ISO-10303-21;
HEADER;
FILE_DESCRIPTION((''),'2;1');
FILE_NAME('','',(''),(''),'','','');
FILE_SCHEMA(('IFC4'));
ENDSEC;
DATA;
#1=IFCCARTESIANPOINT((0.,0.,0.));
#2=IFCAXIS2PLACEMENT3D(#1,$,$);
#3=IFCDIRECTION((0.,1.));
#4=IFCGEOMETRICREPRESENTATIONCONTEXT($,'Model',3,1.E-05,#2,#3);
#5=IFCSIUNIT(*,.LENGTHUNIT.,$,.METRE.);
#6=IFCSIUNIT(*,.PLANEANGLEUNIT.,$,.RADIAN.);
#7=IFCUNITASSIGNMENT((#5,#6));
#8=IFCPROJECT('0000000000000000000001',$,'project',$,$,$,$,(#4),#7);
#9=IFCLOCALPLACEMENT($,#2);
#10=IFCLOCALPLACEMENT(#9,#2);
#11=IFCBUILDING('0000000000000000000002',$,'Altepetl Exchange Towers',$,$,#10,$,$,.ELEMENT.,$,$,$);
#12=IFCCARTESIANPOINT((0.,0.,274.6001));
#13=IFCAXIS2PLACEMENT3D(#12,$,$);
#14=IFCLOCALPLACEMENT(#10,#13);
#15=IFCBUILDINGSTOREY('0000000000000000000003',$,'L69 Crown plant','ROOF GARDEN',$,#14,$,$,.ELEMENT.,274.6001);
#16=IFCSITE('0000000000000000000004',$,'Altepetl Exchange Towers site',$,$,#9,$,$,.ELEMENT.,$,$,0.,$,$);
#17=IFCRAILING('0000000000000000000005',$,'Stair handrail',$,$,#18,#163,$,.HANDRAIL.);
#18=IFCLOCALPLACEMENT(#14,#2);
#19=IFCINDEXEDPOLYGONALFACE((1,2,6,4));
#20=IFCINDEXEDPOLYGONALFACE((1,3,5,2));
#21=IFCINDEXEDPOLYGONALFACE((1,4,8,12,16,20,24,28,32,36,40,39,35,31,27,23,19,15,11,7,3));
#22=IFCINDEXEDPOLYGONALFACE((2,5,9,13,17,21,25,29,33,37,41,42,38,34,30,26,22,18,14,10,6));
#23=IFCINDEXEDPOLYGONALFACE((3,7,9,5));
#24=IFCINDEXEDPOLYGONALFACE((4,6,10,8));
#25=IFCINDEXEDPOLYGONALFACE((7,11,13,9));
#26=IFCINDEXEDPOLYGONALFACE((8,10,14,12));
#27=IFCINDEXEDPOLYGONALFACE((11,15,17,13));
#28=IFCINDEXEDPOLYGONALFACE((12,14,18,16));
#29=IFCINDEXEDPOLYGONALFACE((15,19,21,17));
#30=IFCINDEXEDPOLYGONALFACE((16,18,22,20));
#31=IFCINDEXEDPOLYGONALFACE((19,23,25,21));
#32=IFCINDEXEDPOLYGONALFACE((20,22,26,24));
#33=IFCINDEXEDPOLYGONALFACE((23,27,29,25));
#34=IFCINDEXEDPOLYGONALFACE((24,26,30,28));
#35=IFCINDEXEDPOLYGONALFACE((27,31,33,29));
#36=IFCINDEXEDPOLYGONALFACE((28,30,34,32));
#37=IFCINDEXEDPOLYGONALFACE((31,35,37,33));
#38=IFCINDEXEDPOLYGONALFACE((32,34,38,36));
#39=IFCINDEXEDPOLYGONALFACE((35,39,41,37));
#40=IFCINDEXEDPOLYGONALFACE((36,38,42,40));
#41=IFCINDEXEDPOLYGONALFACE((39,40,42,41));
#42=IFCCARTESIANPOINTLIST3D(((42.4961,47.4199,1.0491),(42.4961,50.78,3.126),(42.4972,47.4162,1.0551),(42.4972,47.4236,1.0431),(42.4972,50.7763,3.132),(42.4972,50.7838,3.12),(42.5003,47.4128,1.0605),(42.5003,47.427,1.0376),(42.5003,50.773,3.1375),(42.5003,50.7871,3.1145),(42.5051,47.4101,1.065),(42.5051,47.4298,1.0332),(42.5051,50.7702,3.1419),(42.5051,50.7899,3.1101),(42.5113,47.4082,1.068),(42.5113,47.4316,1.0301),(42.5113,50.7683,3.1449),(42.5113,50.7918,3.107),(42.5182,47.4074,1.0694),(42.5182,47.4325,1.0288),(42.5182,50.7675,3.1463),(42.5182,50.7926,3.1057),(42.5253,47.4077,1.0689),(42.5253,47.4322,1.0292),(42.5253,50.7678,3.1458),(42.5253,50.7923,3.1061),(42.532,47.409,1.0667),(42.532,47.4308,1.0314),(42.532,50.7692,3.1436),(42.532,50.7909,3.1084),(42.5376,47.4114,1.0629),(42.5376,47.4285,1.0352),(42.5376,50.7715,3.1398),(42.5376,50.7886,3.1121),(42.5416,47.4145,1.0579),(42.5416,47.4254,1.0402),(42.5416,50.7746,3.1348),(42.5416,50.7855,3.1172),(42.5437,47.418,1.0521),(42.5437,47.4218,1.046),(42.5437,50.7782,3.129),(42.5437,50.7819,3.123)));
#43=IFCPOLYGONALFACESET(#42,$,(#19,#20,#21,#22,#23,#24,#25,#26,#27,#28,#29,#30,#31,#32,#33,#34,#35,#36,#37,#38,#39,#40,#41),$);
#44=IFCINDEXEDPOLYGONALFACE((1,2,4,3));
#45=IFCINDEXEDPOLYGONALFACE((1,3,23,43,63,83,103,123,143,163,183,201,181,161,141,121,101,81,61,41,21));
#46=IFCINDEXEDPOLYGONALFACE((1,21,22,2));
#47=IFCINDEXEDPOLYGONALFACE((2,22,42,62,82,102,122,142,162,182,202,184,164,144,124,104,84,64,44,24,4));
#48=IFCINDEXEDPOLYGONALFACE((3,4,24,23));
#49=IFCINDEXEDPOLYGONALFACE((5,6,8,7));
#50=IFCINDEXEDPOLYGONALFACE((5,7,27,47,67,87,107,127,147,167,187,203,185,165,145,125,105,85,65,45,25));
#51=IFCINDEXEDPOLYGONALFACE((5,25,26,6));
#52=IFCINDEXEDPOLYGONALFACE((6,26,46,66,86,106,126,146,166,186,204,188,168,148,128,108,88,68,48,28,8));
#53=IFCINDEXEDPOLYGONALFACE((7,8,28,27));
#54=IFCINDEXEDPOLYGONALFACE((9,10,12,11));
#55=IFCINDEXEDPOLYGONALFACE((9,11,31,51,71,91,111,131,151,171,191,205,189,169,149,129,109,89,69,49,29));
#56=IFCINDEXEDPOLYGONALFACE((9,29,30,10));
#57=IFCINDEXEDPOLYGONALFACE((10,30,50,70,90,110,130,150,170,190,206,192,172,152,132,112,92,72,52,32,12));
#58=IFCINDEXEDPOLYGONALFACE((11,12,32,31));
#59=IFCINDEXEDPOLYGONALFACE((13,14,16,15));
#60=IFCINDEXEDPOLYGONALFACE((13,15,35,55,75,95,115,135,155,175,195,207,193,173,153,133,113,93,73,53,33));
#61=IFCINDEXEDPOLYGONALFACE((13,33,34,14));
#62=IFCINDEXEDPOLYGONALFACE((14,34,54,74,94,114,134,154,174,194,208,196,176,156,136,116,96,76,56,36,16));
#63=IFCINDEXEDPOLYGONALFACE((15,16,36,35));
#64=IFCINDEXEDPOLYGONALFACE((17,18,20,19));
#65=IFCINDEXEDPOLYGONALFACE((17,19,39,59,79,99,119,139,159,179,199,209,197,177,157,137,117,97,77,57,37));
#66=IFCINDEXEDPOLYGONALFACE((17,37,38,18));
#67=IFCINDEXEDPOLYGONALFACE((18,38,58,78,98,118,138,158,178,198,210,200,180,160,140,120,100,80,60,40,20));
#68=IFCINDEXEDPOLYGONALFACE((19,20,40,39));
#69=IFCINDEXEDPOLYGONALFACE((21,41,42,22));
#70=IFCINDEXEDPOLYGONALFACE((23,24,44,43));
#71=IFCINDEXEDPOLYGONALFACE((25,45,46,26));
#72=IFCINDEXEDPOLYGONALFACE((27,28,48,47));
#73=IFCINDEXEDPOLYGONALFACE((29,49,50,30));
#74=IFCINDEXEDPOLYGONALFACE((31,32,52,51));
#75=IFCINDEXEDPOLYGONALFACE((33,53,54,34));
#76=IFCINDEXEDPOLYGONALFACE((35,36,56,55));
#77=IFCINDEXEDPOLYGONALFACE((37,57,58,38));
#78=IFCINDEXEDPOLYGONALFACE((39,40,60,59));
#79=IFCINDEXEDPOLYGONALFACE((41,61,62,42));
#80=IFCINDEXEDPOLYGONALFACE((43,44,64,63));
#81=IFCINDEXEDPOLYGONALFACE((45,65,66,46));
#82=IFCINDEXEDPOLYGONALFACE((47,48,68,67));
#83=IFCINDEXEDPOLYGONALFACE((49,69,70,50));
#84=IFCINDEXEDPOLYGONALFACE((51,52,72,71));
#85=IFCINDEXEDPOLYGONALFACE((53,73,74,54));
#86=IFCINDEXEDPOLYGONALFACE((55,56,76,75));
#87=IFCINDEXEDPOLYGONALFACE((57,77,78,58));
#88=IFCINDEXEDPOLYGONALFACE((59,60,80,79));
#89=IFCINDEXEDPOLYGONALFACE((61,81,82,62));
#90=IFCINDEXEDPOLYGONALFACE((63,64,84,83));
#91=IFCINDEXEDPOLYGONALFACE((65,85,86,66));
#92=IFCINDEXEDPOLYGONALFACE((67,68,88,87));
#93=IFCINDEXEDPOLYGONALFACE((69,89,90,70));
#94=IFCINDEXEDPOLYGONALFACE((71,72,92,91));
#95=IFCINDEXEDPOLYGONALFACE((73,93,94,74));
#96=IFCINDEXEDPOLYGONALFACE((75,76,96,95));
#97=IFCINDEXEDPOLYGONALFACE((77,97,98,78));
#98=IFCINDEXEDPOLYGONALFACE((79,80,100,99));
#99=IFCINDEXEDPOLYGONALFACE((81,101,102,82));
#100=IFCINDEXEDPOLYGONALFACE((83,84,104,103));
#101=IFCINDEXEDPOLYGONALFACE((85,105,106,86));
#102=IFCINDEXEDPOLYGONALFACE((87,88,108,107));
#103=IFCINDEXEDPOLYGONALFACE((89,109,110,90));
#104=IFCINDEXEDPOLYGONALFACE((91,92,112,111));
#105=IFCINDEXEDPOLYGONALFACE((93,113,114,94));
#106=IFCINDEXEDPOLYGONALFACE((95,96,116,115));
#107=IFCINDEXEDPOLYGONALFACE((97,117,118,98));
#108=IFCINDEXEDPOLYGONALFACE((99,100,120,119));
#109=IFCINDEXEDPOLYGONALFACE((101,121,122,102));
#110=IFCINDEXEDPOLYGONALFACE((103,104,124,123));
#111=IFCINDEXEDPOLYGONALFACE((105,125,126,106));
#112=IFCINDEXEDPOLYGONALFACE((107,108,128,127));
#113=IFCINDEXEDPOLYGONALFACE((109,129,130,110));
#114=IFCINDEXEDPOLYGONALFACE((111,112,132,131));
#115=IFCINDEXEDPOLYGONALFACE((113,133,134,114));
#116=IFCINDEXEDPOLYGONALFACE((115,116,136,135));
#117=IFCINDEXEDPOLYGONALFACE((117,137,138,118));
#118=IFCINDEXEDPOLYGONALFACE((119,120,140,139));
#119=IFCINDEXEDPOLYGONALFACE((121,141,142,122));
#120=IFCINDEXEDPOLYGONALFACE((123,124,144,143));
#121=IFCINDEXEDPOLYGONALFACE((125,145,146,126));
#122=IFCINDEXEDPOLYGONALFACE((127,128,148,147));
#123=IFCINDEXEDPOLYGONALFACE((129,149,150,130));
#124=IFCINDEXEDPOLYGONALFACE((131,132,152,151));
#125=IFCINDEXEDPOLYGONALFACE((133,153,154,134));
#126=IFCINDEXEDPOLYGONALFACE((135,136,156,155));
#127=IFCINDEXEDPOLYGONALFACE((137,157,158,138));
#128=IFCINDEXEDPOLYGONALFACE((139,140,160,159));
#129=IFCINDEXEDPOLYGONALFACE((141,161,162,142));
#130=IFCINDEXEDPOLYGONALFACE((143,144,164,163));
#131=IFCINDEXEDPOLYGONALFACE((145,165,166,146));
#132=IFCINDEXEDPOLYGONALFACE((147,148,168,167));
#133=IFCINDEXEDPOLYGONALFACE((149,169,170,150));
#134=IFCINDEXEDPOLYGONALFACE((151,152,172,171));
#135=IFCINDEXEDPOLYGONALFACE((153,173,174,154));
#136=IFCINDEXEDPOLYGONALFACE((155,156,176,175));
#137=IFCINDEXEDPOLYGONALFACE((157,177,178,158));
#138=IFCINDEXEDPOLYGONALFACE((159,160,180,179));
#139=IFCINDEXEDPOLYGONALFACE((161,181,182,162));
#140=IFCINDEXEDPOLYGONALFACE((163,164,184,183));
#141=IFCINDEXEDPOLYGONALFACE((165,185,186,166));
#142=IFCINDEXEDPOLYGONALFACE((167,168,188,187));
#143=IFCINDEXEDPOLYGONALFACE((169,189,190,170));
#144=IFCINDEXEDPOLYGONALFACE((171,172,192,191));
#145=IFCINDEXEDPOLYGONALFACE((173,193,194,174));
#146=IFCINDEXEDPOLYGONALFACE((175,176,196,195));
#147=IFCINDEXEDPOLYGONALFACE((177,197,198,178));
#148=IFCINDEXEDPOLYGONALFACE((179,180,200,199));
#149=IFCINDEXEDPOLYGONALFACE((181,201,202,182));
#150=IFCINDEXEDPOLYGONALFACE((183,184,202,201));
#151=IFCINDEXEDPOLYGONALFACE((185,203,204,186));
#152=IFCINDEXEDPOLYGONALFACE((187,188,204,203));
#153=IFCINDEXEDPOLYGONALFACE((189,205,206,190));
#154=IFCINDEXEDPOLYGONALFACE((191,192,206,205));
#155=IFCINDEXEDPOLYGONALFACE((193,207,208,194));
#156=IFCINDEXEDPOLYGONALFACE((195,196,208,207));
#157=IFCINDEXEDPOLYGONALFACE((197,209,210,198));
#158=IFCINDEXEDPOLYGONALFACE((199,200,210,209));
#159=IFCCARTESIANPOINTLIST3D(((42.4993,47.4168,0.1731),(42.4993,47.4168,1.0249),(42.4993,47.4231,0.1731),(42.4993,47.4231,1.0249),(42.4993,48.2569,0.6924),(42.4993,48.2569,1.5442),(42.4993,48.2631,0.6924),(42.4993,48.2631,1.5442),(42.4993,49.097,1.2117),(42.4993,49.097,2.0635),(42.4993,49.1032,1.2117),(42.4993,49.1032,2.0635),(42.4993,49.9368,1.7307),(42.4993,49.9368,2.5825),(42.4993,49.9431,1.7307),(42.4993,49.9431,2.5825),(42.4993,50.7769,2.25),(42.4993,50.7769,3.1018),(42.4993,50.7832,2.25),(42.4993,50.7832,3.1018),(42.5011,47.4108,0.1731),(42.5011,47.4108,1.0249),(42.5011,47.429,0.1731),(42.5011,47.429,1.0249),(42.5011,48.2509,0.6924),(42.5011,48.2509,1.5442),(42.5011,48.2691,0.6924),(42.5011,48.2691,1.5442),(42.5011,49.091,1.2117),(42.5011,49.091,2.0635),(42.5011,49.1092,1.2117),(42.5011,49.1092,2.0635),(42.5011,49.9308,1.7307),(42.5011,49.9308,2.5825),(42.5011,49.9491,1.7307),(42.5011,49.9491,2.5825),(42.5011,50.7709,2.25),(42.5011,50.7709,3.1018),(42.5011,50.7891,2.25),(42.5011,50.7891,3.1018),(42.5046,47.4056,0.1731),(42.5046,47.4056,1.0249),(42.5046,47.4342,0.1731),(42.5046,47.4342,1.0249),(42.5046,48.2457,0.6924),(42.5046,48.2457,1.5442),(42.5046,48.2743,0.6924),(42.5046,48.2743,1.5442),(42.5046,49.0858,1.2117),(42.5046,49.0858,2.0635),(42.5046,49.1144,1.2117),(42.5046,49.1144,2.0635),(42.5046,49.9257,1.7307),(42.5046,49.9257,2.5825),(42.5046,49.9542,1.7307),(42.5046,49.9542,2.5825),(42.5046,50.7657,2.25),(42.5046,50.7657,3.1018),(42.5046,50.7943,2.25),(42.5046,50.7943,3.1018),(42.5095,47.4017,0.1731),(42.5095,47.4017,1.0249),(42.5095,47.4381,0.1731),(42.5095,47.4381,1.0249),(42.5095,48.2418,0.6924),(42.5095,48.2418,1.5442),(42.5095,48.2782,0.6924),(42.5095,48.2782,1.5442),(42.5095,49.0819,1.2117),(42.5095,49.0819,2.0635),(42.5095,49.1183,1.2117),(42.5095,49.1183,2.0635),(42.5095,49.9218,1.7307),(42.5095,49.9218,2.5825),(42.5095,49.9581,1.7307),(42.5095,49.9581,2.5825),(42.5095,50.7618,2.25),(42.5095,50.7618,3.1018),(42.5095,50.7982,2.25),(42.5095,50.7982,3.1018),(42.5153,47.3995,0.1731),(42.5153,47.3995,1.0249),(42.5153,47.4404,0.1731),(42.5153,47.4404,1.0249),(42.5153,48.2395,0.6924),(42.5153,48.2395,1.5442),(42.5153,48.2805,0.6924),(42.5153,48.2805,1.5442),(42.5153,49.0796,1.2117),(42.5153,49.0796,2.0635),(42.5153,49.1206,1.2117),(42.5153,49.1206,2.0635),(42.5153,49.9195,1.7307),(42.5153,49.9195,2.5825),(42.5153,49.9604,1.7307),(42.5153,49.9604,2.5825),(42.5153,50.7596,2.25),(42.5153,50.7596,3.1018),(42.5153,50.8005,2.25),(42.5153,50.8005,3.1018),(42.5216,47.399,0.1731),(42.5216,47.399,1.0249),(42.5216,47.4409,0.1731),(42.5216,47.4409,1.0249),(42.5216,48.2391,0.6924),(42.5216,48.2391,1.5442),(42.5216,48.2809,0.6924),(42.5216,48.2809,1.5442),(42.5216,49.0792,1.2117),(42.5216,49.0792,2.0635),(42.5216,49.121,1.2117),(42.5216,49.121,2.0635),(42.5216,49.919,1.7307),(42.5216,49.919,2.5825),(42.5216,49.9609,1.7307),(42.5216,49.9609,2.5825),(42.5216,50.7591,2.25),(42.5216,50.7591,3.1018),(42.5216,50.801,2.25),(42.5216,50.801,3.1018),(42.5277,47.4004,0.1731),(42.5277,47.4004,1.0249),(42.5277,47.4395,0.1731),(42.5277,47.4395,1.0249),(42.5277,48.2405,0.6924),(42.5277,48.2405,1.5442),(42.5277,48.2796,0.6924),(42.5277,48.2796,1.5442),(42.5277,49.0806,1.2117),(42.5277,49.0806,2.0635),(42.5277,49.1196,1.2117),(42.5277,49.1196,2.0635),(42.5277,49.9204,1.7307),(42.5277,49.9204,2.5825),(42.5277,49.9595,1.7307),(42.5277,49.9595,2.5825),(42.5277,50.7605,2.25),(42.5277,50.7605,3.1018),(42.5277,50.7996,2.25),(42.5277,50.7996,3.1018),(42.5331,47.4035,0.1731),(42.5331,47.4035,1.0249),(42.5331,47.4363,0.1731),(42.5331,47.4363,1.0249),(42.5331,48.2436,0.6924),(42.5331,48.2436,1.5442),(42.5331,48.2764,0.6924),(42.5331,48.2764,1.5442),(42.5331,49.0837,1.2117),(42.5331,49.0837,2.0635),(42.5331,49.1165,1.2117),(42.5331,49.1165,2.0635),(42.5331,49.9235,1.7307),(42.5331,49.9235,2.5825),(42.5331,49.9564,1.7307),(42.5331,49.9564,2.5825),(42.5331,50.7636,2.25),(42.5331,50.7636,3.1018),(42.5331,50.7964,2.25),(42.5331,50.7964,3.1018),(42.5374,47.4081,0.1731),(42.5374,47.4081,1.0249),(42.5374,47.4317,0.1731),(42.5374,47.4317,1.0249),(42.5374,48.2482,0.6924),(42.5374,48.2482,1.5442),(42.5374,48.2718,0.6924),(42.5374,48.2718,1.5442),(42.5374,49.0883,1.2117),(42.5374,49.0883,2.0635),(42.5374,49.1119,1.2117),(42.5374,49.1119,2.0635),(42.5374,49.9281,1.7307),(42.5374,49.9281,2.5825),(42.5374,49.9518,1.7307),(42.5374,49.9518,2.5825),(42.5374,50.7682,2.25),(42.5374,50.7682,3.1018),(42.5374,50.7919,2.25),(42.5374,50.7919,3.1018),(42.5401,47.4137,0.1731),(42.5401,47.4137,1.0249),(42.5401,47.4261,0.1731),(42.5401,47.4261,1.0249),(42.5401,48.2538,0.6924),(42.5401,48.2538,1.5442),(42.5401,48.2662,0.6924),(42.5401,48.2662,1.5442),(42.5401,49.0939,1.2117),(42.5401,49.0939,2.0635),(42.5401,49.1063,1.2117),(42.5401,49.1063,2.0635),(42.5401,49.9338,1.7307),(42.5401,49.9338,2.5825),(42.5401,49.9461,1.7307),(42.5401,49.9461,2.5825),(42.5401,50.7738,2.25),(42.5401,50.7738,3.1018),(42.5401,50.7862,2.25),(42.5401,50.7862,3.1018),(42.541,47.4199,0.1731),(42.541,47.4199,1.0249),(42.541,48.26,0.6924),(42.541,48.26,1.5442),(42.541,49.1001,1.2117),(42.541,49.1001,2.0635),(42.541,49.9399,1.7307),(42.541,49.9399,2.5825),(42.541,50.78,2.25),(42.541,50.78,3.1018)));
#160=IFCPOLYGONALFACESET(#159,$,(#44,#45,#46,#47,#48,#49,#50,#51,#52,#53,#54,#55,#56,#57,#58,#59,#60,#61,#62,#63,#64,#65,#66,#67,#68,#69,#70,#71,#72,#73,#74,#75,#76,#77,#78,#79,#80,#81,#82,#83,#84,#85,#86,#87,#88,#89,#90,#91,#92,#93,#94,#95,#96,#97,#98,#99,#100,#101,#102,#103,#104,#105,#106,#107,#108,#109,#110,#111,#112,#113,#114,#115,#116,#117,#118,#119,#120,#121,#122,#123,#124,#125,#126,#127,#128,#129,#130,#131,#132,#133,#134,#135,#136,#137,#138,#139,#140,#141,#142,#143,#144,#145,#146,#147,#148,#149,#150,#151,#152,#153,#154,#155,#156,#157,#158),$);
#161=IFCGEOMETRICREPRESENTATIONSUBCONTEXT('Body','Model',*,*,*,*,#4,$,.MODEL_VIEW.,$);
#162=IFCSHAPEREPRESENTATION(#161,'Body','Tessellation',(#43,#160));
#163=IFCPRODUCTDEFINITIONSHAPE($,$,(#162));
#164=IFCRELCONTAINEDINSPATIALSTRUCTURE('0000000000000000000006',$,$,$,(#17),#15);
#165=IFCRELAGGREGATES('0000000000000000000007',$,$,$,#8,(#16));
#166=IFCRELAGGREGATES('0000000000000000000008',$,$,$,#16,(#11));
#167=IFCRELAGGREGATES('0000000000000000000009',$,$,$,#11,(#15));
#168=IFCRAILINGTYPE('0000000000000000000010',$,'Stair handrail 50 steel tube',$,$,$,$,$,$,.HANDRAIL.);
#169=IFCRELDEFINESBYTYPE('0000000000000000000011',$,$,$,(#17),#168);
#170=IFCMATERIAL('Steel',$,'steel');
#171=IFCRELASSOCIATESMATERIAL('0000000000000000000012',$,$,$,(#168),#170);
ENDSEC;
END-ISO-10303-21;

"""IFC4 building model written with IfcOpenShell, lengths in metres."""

from ifc_helpers import new_model, si_unit, direction, frame, origin, origin_2d, place, context, subcontext, project, spatial, circle, extrude, source, transform, mapped, material, type_object, element, save


model = new_model("IFC4")

# Units and contexts
model_context = context("Model", 3, precision=1e-05, world=origin(), true_north=direction((0.0, 1.0)))
body_context = subcontext(model_context, "Body", "Model", "MODEL_VIEW")
ifc_project = project(units=[si_unit("LENGTHUNIT", "METRE"), si_unit("PLANEANGLEUNIT", "RADIAN")], contexts=[model_context])

# Site, building, storey
site_placement = place(None, origin())
site = spatial("IfcSite", under=ifc_project, at=site_placement, Name="Altepetl Exchange Towers site", CompositionType="ELEMENT", RefElevation=0.0)
building_placement = place(site_placement, origin())
building = spatial("IfcBuilding", under=site, at=building_placement, Name="Altepetl Exchange Towers", CompositionType="ELEMENT")
storey_placement = place(building_placement, frame((0.0, 0.0, 274.6001)))
storey = spatial("IfcBuildingStorey", under=building, at=storey_placement, Name="L69 Crown plant", Description="ROOF GARDEN", CompositionType="ELEMENT", Elevation=274.6001)

# Railing
ifc_material_1 = material(Name="Steel", Category="steel")
railing_type = type_object("IfcRailingType", Name="Stair handrail 50 steel tube", PredefinedType="HANDRAIL", material=ifc_material_1)
shared_shape = source(origin(), body_context, "Body", "SweptSolid", [
    extrude(circle(Radius=0.021, at=origin_2d()), origin(), (0.0, 0.0, 1.0), 0.8518),
])
for number, where, name in (
    (1, (42.52, 47.4199, 0.1731), "Stair handrail"),
):
    element("IfcRailing", number, at=place(storey_placement, frame(where)), inside=storey, type_object=railing_type, Name=name, PredefinedType="HANDRAIL", context=body_context, shape_type="SweptSolid", body=[
        extrude(circle(Radius=0.0239, at=origin_2d()), frame((0.0, 0.0, 0.876), z_axis=(0.0, 0.850623, 0.525776), x_axis=(-1.0, 0.0, 0.0)), (0.0, 0.0, 1.0), 3.9502),
        mapped(shared_shape, transform((0.0, 0.0, 0.0))),
        mapped(shared_shape, transform((0.0, 0.8401, 0.5193))),
        mapped(shared_shape, transform((0.0, 1.6802, 1.0386))),
        mapped(shared_shape, transform((0.0, 2.52, 1.5576))),
        mapped(shared_shape, transform((0.0, 3.3601, 2.0769))),
    ])

save(model, "model.ifc")
